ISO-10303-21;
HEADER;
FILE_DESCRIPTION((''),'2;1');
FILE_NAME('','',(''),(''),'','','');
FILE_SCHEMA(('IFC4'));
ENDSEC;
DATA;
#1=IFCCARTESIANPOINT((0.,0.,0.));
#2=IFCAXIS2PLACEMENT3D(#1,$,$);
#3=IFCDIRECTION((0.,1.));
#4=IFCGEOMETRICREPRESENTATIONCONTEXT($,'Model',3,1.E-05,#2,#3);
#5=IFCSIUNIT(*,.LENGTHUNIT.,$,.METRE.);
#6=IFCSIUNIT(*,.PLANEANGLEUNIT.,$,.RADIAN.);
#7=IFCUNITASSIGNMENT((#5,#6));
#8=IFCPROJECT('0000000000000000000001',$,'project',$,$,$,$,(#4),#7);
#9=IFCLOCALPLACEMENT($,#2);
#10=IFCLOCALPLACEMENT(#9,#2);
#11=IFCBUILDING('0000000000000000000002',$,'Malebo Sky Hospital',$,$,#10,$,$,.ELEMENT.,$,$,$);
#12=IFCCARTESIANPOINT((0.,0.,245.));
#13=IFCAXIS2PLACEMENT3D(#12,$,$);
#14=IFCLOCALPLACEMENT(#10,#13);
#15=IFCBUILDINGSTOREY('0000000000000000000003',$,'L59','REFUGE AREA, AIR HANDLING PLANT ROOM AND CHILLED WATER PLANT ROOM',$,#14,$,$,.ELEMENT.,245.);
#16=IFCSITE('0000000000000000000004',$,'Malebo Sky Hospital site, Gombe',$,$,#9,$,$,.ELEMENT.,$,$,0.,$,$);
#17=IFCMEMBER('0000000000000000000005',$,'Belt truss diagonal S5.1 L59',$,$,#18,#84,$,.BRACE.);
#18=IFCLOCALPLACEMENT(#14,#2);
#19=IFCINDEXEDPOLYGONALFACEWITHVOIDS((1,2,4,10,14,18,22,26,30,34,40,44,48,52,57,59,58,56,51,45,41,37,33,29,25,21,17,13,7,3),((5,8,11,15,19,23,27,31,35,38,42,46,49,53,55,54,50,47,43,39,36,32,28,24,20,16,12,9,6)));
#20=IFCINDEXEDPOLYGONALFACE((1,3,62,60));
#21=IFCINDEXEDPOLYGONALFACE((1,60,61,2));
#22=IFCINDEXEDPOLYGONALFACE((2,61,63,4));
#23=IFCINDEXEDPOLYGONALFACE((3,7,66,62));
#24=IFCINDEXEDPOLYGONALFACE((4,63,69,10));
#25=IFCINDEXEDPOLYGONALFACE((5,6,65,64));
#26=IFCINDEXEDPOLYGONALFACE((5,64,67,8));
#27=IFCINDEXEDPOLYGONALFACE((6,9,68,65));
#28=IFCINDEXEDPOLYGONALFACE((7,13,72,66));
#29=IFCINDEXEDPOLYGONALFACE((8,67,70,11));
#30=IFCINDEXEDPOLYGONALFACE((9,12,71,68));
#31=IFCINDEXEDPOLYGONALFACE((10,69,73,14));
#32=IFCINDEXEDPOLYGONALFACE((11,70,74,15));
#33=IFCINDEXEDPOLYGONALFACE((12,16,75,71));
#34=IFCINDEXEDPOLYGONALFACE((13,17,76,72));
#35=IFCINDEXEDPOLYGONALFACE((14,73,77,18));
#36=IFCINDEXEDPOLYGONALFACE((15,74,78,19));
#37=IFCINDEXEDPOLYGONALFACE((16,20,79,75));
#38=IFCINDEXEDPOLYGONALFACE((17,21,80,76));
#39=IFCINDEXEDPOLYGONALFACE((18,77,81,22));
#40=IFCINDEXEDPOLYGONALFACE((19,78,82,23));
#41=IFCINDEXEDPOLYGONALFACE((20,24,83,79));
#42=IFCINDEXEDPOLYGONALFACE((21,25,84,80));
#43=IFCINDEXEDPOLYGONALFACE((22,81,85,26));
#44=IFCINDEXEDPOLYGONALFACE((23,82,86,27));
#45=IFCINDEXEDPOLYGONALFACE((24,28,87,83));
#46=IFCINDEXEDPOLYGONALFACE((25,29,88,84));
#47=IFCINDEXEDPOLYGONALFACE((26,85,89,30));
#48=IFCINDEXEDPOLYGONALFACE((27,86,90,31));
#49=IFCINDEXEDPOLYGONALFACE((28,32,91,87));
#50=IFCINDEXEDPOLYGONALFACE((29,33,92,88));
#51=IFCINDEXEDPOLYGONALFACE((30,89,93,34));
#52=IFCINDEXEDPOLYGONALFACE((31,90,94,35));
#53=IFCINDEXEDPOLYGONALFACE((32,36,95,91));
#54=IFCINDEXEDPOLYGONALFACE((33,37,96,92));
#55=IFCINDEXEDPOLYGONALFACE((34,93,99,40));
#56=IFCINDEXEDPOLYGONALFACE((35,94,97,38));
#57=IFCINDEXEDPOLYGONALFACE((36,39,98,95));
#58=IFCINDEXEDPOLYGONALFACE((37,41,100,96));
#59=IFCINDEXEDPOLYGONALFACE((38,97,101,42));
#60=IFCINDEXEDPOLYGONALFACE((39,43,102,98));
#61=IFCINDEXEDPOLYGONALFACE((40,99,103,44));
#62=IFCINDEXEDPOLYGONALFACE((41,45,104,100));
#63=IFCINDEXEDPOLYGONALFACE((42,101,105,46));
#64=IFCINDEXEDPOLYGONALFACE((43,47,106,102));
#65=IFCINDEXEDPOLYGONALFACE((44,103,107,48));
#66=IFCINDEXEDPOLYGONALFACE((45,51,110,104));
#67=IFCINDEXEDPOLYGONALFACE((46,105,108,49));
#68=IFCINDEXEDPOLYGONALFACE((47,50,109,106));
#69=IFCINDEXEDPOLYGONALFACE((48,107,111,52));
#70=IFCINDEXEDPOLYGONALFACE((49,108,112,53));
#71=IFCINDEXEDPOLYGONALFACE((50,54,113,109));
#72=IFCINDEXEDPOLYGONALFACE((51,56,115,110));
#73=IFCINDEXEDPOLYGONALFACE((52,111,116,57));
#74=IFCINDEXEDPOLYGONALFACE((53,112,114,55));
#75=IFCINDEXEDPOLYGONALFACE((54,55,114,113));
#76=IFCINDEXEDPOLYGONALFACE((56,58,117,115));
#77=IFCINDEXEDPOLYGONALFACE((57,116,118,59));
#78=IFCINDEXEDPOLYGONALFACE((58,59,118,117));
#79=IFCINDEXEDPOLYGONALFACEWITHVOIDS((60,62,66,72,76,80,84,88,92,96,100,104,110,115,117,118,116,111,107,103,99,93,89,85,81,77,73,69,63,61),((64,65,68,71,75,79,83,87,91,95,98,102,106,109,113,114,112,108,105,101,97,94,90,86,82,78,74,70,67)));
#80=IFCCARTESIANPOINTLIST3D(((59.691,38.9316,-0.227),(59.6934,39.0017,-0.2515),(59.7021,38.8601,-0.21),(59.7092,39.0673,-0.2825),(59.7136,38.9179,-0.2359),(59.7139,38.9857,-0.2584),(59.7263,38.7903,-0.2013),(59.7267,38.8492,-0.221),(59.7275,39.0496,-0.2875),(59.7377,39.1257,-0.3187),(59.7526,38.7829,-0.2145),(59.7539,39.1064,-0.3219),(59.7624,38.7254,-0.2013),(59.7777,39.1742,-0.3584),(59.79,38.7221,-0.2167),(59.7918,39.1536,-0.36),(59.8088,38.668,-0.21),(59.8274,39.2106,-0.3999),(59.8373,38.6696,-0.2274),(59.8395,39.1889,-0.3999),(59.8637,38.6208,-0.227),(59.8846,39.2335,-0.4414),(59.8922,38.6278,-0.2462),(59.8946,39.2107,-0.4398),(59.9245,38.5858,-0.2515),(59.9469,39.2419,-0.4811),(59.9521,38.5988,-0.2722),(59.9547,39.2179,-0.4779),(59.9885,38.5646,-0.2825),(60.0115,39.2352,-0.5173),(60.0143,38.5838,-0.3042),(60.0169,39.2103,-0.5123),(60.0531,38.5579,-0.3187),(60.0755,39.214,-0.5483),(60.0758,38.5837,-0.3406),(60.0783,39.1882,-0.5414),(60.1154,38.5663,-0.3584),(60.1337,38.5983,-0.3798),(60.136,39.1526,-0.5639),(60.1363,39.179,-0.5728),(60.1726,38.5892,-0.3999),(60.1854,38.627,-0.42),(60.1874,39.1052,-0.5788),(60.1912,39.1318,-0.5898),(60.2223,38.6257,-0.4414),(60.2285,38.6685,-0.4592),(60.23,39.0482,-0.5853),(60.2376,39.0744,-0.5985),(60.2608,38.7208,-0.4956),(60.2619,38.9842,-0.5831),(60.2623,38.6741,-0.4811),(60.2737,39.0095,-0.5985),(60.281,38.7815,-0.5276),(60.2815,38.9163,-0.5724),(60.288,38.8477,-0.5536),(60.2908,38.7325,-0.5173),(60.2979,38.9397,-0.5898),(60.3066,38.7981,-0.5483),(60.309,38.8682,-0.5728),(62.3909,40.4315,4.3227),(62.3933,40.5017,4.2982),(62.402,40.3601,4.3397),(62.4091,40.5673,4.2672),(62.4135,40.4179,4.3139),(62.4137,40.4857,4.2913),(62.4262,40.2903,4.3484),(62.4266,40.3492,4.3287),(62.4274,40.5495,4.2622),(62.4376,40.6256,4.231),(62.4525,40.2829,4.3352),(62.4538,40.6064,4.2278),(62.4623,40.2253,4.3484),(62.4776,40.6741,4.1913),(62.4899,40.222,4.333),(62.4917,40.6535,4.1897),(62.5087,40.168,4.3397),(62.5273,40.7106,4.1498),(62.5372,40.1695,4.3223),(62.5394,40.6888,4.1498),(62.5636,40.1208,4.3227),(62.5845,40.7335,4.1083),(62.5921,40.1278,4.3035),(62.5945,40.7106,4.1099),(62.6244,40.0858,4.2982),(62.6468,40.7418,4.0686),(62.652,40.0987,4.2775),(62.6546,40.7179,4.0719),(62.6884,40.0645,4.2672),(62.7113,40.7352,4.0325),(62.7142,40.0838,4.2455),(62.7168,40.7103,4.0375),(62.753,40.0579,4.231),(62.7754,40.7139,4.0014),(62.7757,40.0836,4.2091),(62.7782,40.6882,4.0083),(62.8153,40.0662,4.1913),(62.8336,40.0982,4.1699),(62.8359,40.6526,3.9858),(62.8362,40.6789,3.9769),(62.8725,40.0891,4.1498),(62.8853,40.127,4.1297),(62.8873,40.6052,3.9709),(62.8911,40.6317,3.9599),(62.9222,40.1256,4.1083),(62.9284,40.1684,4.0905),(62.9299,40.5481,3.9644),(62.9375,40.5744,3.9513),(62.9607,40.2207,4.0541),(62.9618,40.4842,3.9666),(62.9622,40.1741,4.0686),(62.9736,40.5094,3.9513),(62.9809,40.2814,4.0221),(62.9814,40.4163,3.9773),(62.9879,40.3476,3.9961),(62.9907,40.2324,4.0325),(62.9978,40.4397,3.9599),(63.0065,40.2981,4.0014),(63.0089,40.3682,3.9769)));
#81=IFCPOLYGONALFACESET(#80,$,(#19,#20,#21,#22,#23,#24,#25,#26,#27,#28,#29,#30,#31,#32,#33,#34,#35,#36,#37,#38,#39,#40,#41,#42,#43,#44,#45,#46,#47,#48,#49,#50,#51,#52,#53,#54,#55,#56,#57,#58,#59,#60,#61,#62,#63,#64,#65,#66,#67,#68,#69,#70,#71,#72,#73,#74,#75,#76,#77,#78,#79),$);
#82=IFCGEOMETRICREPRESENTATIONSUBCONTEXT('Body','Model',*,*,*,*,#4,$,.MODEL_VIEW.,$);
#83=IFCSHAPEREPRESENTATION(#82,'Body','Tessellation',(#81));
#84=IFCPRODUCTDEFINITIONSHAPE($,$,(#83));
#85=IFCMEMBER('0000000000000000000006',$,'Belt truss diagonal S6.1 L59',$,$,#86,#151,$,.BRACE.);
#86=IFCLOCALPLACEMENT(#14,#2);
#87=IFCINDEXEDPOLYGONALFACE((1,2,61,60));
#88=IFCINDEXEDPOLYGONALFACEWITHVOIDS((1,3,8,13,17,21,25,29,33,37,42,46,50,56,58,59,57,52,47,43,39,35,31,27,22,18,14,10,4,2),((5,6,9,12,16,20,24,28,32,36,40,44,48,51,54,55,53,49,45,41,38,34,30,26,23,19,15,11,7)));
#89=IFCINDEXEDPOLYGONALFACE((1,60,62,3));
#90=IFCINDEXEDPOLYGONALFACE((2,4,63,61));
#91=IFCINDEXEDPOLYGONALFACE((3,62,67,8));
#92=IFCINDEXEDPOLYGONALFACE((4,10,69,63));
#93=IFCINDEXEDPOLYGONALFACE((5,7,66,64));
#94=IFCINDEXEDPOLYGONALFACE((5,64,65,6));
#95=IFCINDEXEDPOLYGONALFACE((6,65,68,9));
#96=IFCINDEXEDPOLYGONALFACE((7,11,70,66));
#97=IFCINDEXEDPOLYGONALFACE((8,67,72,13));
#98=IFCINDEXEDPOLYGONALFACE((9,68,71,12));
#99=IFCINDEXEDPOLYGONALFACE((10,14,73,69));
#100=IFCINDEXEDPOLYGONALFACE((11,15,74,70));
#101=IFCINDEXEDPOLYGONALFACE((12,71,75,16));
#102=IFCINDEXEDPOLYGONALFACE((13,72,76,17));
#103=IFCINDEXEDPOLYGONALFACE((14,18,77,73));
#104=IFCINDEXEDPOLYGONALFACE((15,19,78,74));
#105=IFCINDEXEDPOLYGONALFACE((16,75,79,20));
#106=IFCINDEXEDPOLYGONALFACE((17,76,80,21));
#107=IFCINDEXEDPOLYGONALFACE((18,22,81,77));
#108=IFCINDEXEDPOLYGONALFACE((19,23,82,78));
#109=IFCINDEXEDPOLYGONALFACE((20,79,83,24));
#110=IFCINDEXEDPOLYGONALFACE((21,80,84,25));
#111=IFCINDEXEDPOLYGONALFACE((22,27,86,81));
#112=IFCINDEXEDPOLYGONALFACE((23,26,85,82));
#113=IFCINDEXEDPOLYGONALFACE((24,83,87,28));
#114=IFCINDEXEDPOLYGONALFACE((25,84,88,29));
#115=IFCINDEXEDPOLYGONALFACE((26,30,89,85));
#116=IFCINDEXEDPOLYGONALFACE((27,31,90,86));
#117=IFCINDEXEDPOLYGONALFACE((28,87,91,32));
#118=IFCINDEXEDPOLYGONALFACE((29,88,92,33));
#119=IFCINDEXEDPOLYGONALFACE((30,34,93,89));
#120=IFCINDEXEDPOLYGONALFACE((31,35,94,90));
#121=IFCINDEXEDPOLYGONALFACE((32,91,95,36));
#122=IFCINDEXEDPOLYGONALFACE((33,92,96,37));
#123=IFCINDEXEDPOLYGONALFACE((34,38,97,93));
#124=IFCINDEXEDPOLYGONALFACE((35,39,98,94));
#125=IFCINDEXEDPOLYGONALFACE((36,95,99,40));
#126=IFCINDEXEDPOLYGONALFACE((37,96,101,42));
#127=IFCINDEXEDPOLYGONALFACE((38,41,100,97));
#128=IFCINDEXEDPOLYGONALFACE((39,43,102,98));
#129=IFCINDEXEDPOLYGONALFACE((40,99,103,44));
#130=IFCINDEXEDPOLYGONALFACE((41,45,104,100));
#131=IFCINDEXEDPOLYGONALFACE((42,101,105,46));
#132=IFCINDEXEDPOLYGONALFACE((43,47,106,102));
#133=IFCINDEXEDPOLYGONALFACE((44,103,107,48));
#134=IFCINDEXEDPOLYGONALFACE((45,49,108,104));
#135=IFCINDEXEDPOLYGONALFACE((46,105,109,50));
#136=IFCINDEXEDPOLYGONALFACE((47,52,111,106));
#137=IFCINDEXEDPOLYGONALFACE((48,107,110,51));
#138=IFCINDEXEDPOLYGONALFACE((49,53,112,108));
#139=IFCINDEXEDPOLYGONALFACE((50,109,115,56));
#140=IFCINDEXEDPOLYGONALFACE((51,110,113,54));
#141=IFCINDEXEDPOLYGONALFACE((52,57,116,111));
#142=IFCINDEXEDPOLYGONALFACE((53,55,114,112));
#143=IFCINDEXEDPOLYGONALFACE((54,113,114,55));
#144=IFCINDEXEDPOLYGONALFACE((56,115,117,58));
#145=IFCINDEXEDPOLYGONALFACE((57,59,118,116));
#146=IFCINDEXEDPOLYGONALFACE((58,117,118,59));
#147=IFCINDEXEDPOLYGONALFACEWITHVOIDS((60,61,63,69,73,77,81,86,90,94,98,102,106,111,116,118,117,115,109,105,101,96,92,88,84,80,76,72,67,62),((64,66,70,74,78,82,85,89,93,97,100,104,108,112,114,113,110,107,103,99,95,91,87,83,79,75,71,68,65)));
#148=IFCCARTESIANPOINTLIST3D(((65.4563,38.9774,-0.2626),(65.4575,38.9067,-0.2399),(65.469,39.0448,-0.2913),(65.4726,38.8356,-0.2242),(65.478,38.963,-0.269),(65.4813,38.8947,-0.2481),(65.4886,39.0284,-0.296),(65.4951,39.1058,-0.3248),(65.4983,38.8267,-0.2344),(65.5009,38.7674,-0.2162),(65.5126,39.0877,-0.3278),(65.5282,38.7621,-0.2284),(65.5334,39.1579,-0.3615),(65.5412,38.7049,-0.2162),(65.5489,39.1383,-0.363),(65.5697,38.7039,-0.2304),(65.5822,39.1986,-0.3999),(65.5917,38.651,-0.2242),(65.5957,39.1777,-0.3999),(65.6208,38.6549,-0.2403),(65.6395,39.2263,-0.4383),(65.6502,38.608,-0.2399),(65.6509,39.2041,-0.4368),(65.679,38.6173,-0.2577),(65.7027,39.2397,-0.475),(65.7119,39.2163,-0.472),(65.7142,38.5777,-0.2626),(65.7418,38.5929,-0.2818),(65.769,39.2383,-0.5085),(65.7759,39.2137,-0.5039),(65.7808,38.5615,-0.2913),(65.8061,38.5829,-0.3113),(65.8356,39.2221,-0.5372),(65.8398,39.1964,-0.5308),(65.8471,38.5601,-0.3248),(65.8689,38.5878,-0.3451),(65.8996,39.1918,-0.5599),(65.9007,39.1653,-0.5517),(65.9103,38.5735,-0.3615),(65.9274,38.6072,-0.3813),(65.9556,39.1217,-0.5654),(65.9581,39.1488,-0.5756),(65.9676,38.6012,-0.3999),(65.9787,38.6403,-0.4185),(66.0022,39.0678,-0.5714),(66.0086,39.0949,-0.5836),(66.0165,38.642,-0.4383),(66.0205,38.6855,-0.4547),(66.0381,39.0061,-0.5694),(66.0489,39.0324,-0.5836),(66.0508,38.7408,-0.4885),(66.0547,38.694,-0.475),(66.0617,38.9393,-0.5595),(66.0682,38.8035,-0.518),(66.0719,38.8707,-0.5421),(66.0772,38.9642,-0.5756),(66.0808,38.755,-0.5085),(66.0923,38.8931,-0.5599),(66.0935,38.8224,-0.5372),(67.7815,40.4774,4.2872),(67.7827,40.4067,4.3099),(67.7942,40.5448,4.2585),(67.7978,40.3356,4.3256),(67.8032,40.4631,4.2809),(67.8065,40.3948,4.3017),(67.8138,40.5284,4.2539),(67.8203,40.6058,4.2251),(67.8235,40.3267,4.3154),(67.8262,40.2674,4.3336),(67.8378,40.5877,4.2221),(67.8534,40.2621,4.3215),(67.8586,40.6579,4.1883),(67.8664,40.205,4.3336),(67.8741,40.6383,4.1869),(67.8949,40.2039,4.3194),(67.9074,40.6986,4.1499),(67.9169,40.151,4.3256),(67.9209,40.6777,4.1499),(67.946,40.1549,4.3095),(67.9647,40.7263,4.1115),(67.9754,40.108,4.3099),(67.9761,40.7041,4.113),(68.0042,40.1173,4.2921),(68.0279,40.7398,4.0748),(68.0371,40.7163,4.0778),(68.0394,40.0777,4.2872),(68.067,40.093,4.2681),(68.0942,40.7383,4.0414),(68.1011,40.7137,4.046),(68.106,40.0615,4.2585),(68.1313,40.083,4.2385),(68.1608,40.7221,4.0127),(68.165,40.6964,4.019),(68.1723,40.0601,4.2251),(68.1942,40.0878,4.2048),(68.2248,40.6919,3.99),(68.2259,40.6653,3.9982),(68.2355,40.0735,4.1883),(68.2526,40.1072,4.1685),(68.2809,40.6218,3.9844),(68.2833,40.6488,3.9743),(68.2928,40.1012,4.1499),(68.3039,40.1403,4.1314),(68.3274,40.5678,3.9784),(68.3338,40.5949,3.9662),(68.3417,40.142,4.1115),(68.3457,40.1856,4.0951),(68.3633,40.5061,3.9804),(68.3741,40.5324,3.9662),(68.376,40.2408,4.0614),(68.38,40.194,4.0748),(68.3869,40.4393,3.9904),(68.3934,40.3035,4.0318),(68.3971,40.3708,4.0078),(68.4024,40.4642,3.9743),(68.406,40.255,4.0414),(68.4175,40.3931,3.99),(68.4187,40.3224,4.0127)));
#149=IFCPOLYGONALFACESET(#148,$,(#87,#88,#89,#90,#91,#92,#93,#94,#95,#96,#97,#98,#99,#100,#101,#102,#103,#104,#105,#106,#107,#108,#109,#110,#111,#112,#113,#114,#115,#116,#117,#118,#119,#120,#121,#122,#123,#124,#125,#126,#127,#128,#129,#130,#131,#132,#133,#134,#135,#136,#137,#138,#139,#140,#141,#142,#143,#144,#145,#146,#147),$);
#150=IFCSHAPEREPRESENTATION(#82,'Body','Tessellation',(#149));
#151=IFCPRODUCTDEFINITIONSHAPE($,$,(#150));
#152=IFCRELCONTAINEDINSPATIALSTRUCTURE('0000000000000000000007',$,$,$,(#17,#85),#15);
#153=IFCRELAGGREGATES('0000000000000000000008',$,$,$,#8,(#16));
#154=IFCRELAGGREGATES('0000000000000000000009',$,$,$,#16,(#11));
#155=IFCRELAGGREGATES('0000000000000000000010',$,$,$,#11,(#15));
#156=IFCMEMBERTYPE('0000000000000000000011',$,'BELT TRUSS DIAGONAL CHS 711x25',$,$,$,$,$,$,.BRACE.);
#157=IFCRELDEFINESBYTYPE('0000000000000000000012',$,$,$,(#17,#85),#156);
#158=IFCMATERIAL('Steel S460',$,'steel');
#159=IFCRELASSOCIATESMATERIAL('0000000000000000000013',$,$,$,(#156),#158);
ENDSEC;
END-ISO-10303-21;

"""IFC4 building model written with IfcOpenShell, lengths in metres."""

from ifc_helpers import new_model, si_unit, direction, frame, origin, origin_2d, place, context, subcontext, project, spatial, hollow_circle, extrude, material, material_profile, profile_set, type_object, element, save


model = new_model("IFC4")

# Units and contexts
model_context = context("Model", 3, precision=1e-05, world=origin(), true_north=direction((0.0, 1.0)))
body_context = subcontext(model_context, "Body", "Model", "MODEL_VIEW")
ifc_project = project(units=[si_unit("LENGTHUNIT", "METRE"), si_unit("PLANEANGLEUNIT", "RADIAN")], contexts=[model_context])

# Site, building, storey
site_placement = place(None, origin())
site = spatial("IfcSite", under=ifc_project, at=site_placement, Name="Malebo Sky Hospital site, Gombe", CompositionType="ELEMENT", RefElevation=0.0)
building_placement = place(site_placement, origin())
building = spatial("IfcBuilding", under=site, at=building_placement, Name="Malebo Sky Hospital", CompositionType="ELEMENT")
storey_placement = place(building_placement, frame((0.0, 0.0, 245.0)))
storey = spatial("IfcBuildingStorey", under=building, at=storey_placement, Name="L59", Description="REFUGE AREA, AIR HANDLING PLANT ROOM AND CHILLED WATER PLANT ROOM", CompositionType="ELEMENT", Elevation=245.0)

# Members
ifc_material_1 = material(Name="Steel S460", Category="steel")
ifc_material_profile_1 = material_profile(ifc_material_1, hollow_circle(Radius=0.3555, WallThickness=0.0249, at=origin_2d()), Name="CHS 711x25")
ifc_profile_set_1 = profile_set([ifc_material_profile_1], Name="Steel S460")
member_type_1 = type_object("IfcMemberType", Name="BELT TRUSS DIAGONAL CHS 711x25", PredefinedType="BRACE", material=ifc_profile_set_1)
member_1_placement = place(storey_placement, frame((60.0, 38.8999, -0.3999), z_axis=(0.490978, 0.27277, 0.827368), x_axis=(-0.48565, 0.874154, 0.0)))
element("IfcMember", 1, at=member_1_placement, inside=storey, type_object=member_type_1, Name="Belt truss diagonal S5.1 L59", PredefinedType="BRACE", context=body_context, shape_type="SweptSolid", body=[
    extrude(hollow_circle(Radius=0.3555, WallThickness=0.0249, at=origin_2d()), origin(), (0.0, 0.0, 1.0), 5.499),
])
member_2_placement = place(storey_placement, frame((65.7749, 38.8999, -0.3999), z_axis=(0.436644, 0.281682, 0.854399), x_axis=(-0.542095, 0.840317, 0.0)))
element("IfcMember", 2, at=member_2_placement, inside=storey, type_object=member_type_1, Name="Belt truss diagonal S6.1 L59", PredefinedType="BRACE", context=body_context, shape_type="SweptSolid", body=[
    extrude(hollow_circle(Radius=0.3555, WallThickness=0.0249, at=origin_2d()), origin(), (0.0, 0.0, 1.0), 5.3252),
])

save(model, "model.ifc")
